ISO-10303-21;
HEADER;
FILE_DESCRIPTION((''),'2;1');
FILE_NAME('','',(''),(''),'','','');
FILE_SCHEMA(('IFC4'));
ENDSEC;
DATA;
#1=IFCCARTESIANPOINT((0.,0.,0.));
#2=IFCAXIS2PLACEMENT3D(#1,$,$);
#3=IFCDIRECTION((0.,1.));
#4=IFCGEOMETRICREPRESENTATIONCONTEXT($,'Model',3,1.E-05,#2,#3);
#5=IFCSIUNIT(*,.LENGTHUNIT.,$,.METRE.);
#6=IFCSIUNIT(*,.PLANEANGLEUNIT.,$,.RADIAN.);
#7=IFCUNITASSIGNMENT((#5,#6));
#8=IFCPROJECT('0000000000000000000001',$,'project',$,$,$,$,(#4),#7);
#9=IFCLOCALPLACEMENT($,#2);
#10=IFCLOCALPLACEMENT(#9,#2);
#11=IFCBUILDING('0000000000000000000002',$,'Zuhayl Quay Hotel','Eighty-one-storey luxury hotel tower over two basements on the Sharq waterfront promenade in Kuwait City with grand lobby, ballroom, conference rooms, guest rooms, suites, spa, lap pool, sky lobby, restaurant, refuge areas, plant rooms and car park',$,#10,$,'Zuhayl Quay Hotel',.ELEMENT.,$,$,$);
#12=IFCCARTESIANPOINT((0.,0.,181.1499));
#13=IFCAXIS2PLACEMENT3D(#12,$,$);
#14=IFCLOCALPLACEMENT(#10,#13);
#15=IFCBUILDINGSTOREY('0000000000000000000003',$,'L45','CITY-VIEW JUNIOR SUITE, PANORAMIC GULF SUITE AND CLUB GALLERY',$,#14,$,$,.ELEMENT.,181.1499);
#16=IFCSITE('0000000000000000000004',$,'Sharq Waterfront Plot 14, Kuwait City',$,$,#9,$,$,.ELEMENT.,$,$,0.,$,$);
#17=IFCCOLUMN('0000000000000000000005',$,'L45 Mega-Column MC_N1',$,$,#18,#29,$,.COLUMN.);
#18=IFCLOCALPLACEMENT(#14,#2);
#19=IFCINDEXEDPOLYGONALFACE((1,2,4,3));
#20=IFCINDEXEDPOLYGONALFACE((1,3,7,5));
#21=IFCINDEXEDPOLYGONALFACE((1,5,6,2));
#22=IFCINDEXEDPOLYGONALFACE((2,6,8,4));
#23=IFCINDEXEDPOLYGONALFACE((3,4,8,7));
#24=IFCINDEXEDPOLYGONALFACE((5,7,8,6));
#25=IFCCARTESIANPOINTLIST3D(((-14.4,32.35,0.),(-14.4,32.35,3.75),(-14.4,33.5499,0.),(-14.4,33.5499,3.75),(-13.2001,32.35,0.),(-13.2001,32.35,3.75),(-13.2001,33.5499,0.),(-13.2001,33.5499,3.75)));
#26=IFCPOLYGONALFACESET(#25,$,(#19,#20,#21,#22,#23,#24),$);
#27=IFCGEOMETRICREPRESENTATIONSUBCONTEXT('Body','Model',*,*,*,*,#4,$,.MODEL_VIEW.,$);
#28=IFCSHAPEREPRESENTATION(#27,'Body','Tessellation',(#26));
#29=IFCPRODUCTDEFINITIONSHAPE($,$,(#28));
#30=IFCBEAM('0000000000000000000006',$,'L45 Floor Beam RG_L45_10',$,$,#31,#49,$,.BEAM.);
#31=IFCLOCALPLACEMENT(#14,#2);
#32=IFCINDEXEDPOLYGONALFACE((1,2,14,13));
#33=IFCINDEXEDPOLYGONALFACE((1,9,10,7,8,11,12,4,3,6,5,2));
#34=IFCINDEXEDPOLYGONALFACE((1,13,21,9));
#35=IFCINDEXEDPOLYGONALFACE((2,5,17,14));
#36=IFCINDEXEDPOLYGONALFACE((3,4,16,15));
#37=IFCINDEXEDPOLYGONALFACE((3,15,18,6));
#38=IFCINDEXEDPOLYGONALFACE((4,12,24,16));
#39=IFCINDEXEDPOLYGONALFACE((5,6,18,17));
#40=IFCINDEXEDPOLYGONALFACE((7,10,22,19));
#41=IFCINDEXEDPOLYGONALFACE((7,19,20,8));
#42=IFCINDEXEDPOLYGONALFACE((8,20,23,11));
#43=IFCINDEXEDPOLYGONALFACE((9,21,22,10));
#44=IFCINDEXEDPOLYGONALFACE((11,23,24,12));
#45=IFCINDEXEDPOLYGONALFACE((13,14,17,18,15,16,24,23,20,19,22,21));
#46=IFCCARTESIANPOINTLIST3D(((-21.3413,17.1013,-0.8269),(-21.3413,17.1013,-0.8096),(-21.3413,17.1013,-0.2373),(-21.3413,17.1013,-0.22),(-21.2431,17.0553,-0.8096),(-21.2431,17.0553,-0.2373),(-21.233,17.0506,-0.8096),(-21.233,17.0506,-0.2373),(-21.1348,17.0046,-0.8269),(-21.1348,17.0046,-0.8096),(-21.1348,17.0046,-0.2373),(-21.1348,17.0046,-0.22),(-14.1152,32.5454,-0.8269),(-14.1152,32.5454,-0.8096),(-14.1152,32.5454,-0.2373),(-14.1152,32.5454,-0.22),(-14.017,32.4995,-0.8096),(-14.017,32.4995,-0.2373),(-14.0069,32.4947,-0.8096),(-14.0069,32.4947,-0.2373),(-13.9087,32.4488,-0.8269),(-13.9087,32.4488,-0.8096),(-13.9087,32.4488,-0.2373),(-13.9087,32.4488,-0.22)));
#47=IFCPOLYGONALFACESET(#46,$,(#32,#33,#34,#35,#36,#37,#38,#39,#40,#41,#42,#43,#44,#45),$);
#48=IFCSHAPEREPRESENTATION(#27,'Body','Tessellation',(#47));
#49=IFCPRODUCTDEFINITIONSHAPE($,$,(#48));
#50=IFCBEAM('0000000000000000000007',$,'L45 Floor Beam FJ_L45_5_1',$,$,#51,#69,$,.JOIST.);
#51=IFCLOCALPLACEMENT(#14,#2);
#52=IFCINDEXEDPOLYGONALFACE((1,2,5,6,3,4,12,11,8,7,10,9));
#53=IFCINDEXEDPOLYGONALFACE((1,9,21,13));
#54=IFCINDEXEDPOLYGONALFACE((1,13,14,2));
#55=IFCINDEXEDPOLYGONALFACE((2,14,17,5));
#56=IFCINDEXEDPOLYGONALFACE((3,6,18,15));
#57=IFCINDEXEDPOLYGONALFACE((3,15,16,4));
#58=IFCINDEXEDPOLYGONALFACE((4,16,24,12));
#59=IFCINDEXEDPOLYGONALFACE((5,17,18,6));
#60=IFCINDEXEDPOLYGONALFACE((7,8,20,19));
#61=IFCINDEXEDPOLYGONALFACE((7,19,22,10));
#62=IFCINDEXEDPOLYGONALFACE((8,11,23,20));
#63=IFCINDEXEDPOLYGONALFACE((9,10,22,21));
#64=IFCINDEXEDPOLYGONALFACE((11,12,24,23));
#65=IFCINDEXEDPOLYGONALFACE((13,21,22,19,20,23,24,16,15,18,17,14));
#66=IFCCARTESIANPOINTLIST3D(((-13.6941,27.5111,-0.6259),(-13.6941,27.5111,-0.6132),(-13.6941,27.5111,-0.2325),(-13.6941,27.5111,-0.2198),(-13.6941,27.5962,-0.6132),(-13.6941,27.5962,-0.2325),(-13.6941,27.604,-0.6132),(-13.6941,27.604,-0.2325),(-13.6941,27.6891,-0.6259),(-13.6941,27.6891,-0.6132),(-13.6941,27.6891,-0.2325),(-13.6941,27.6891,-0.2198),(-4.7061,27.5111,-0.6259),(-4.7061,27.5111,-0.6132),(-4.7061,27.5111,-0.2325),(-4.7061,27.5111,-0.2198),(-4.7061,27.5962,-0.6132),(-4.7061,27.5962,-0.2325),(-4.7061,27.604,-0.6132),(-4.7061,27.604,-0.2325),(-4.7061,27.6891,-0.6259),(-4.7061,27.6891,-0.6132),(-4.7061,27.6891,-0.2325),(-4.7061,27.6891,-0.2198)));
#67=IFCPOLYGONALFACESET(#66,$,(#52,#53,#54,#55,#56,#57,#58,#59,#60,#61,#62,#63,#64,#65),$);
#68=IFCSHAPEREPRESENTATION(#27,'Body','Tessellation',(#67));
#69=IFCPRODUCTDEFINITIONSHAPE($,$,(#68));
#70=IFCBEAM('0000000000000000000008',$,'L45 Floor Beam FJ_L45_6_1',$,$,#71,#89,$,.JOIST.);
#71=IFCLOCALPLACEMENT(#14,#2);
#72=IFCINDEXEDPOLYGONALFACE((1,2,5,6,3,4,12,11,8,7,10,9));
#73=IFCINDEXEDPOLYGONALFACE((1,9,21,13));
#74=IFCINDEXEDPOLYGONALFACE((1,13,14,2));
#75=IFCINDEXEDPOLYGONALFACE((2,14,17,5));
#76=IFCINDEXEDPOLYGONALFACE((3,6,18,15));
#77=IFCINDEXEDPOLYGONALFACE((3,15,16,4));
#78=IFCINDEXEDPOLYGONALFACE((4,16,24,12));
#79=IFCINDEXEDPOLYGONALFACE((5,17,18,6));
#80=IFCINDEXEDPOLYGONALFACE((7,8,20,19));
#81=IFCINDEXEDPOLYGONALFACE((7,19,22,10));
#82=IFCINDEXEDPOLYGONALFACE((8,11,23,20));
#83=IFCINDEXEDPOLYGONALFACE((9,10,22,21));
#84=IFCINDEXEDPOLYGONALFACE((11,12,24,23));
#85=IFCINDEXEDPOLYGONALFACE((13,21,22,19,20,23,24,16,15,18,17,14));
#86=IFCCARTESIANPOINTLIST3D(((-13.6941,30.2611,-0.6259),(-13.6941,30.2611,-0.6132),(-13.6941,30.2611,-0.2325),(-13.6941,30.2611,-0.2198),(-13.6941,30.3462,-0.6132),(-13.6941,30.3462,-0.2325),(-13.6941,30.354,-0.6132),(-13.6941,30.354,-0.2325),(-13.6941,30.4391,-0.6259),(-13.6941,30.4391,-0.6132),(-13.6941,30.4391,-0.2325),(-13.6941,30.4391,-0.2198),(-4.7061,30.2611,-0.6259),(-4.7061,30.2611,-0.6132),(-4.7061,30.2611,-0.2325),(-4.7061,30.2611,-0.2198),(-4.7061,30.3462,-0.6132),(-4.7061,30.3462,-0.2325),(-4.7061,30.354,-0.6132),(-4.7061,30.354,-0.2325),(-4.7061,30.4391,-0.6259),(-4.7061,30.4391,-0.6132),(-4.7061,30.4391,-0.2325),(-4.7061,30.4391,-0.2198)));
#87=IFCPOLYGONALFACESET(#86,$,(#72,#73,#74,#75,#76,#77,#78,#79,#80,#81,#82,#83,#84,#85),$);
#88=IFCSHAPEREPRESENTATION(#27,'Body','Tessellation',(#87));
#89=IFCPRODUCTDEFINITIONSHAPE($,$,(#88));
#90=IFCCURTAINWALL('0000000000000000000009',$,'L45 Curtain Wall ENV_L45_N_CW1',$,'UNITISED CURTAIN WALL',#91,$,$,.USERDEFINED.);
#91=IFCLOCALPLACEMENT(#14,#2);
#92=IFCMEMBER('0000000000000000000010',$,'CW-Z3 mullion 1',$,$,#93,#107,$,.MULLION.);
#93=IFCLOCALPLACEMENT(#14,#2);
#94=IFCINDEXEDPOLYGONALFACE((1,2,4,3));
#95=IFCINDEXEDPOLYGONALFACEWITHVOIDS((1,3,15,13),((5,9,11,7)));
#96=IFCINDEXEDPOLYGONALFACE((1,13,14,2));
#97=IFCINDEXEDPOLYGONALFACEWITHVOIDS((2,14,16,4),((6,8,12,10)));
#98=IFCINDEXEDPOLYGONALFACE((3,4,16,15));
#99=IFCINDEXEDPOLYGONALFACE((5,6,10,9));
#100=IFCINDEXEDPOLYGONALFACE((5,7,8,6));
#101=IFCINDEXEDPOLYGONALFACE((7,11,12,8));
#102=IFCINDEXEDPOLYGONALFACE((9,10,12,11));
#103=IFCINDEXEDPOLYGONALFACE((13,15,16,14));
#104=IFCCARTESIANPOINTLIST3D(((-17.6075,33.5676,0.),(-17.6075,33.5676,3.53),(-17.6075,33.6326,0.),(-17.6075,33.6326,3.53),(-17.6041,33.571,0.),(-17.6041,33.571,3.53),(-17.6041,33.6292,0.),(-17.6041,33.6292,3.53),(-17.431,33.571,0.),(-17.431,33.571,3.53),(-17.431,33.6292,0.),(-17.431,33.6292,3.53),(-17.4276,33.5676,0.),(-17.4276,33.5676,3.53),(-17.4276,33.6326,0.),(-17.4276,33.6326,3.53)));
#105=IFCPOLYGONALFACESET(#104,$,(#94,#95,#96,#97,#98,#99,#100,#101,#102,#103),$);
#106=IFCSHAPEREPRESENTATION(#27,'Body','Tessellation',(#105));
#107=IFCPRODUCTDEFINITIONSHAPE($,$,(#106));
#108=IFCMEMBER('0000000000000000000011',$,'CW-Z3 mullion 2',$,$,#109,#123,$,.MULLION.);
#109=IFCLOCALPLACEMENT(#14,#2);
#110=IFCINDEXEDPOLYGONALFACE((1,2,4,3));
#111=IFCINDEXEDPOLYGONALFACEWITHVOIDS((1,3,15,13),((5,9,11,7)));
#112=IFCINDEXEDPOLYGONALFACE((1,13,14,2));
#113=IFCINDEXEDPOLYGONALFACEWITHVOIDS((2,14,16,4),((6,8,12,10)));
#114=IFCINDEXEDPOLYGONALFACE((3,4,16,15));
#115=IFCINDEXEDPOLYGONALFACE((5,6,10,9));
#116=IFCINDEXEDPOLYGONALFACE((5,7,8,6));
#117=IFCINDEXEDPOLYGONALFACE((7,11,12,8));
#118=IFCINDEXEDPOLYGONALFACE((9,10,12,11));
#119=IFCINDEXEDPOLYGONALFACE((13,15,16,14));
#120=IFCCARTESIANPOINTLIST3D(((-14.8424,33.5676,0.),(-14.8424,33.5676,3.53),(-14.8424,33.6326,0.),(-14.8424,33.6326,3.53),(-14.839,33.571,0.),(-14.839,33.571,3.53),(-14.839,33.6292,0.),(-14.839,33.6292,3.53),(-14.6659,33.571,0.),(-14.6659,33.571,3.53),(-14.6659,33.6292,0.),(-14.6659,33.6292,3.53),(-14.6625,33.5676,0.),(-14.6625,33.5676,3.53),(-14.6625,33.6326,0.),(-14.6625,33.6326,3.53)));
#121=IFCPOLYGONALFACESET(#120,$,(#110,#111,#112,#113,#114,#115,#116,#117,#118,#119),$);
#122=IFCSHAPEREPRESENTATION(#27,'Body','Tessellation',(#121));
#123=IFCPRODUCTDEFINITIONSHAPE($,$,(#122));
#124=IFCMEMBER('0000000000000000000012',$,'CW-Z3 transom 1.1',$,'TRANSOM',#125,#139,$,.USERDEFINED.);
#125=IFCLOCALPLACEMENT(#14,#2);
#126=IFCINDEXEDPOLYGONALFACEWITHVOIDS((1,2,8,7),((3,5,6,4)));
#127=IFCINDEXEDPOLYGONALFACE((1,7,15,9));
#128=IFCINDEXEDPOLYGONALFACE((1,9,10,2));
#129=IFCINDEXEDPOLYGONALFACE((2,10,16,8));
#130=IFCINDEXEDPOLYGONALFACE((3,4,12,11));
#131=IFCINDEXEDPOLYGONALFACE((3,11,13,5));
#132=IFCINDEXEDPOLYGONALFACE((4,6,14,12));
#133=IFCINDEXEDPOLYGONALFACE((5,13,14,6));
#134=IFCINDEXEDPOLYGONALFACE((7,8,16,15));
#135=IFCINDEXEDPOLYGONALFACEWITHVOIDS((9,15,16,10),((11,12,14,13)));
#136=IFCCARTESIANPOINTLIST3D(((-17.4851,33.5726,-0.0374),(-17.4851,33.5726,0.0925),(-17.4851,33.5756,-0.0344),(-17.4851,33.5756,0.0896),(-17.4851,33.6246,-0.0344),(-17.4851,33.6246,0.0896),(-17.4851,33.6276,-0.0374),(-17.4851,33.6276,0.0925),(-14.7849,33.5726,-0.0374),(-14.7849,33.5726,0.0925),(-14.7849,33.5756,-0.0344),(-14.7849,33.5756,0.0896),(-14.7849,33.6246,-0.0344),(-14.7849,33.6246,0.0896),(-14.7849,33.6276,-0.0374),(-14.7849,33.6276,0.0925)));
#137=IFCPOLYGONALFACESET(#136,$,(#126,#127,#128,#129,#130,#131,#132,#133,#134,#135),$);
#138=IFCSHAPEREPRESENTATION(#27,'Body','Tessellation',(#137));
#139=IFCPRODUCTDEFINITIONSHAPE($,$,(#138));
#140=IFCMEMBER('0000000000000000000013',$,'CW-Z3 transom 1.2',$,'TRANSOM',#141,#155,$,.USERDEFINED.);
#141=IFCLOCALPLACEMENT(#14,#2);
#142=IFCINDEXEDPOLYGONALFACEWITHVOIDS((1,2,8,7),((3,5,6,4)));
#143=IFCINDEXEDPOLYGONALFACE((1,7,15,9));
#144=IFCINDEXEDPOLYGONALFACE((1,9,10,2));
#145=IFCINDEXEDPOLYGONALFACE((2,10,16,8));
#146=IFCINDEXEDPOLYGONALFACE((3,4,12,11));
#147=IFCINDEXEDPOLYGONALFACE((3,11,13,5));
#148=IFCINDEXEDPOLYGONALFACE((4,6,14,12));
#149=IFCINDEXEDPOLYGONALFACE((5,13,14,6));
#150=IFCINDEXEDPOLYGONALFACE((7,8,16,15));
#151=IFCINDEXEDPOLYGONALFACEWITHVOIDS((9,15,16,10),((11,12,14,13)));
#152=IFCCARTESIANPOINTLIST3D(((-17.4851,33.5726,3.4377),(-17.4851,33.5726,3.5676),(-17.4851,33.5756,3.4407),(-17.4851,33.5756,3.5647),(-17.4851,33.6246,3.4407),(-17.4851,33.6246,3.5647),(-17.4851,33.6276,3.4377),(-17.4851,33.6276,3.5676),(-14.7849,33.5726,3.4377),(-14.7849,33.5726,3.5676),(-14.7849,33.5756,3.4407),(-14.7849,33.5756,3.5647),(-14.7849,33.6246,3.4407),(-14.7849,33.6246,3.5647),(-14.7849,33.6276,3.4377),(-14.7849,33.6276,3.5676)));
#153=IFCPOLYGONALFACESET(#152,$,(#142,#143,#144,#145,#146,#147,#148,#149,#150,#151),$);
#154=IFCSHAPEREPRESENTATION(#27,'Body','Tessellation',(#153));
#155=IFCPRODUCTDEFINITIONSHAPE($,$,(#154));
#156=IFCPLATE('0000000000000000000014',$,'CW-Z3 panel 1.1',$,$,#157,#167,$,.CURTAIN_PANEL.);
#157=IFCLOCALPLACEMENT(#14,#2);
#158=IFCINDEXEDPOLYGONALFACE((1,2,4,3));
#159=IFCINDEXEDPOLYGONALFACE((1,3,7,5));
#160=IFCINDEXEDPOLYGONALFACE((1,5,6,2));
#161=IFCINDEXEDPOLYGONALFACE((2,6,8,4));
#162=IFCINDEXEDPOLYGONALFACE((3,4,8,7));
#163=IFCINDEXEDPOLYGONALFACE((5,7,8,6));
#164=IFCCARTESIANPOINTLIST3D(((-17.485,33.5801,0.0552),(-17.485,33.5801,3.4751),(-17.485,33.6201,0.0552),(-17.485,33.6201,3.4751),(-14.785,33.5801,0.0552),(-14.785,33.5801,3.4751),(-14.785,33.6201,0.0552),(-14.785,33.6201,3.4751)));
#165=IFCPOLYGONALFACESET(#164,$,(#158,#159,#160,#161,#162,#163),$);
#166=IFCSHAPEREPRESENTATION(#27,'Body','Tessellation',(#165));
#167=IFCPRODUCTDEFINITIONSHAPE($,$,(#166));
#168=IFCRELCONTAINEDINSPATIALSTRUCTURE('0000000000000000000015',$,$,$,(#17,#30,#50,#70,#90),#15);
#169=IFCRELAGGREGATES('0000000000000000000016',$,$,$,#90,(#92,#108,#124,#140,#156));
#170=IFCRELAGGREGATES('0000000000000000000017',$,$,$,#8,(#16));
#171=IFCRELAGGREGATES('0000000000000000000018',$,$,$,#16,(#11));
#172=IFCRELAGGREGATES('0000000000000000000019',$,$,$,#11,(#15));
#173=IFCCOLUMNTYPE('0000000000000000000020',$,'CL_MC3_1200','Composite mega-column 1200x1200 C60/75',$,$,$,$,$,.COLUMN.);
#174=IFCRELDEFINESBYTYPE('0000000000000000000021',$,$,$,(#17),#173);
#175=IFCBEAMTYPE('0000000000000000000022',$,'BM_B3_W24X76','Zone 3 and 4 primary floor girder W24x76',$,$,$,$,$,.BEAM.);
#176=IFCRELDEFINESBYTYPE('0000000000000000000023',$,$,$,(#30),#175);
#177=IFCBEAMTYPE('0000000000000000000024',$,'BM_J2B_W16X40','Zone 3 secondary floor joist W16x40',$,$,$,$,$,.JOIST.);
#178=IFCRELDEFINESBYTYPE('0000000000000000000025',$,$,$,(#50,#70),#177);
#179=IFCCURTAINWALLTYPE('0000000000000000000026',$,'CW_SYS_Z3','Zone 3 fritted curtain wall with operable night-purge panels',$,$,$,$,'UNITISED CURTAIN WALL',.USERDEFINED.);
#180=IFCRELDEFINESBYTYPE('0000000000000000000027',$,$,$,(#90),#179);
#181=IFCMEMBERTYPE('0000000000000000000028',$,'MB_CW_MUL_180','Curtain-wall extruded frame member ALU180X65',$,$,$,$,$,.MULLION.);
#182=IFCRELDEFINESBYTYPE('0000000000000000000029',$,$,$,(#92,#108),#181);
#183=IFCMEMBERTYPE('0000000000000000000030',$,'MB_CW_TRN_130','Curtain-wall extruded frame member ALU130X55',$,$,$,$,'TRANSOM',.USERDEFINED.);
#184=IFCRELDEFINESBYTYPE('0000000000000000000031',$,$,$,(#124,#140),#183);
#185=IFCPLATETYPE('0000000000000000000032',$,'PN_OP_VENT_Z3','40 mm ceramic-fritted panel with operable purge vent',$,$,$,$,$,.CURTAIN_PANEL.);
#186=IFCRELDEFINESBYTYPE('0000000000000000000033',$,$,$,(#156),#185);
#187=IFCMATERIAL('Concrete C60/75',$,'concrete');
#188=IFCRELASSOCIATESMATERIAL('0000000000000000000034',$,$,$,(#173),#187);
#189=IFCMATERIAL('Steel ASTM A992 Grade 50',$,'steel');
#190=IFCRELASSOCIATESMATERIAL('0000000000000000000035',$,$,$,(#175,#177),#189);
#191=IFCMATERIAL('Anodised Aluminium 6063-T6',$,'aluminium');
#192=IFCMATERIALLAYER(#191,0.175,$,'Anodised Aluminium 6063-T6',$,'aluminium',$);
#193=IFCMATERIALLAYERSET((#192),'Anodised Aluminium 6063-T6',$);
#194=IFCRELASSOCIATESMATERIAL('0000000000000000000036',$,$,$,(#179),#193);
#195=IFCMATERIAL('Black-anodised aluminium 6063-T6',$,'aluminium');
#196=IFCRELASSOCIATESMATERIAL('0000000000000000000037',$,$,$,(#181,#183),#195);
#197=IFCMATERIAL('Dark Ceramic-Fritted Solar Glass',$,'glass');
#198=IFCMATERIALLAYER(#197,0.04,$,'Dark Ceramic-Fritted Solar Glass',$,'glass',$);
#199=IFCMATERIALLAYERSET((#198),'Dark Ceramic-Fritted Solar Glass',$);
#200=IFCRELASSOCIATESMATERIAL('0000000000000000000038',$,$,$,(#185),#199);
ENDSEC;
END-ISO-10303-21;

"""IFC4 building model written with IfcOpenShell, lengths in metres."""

from ifc_helpers import new_model, si_unit, direction, frame, origin, origin_2d, place, context, subcontext, project, spatial, rectangle, hollow_rectangle, i_section, extrude, material, layer, layer_set, material_profile, profile_set, type_object, element, aggregate, save


model = new_model("IFC4")

# Units and contexts
model_context = context("Model", 3, precision=1e-05, world=origin(), true_north=direction((0.0, 1.0)))
body_context = subcontext(model_context, "Body", "Model", "MODEL_VIEW")
ifc_project = project(units=[si_unit("LENGTHUNIT", "METRE"), si_unit("PLANEANGLEUNIT", "RADIAN")], contexts=[model_context])

# Site, building, storey
site_placement = place(None, origin())
site = spatial("IfcSite", under=ifc_project, at=site_placement, Name="Sharq Waterfront Plot 14, Kuwait City", CompositionType="ELEMENT", RefElevation=0.0)
building_placement = place(site_placement, origin())
building = spatial("IfcBuilding", under=site, at=building_placement, Name="Zuhayl Quay Hotel", Description="Eighty-one-storey luxury hotel tower over two basements on the Sharq waterfront promenade in Kuwait City with grand lobby, ballroom, conference rooms, guest rooms, suites, spa, lap pool, sky lobby, restaurant, refuge areas, plant rooms and car park", LongName="Zuhayl Quay Hotel", CompositionType="ELEMENT")
storey_placement = place(building_placement, frame((0.0, 0.0, 181.1499)))
storey = spatial("IfcBuildingStorey", under=building, at=storey_placement, Name="L45", Description="CITY-VIEW JUNIOR SUITE, PANORAMIC GULF SUITE AND CLUB GALLERY", CompositionType="ELEMENT", Elevation=181.1499)

# Column
ifc_material_1 = material(Name="Concrete C60/75", Category="concrete")
ifc_material_profile_1 = material_profile(ifc_material_1, rectangle(XDim=1.2, YDim=1.2, at=origin_2d()), Name="RC1200X1200")
ifc_profile_set_1 = profile_set([ifc_material_profile_1], Name="Concrete C60/75")
column_type = type_object("IfcColumnType", Name="CL_MC3_1200", Description="Composite mega-column 1200x1200 C60/75", PredefinedType="COLUMN", material=ifc_profile_set_1)
column_placement = place(storey_placement, frame((-13.8, 32.95, 0.0), z_axis=(0.0, 0.0, 1.0), x_axis=(1.0, 0.0, 0.0)))
element("IfcColumn", 1, at=column_placement, inside=storey, type_object=column_type, Name="L45 Mega-Column MC_N1", PredefinedType="COLUMN", context=body_context, shape_type="SweptSolid", body=[
    extrude(rectangle(XDim=1.2, YDim=1.2, at=origin_2d()), origin(), (0.0, 0.0, 1.0), 3.75),
])

# Beams
ifc_material_2 = material(Name="Steel ASTM A992 Grade 50", Category="steel")
ifc_material_profile_2 = material_profile(ifc_material_2, i_section(OverallWidth=0.228, OverallDepth=0.6069, WebThickness=0.0112, FlangeThickness=0.0173, at=origin_2d()), Name="W24X76")
ifc_profile_set_2 = profile_set([ifc_material_profile_2], Name="Steel ASTM A992 Grade 50")
beam_type_1 = type_object("IfcBeamType", Name="BM_B3_W24X76", Description="Zone 3 and 4 primary floor girder W24x76", PredefinedType="BEAM", material=ifc_profile_set_2)
beam_placement = place(storey_placement, frame((-14.012, 32.4971, -0.5234), z_axis=(-0.423792, -0.905759, 0.0), x_axis=(0.905759, -0.423792, 0.0)))
element("IfcBeam", 2, at=beam_placement, inside=storey, type_object=beam_type_1, Name="L45 Floor Beam RG_L45_10", PredefinedType="BEAM", context=body_context, shape_type="SweptSolid", body=[
    extrude(i_section(OverallWidth=0.228, OverallDepth=0.6069, WebThickness=0.0112, FlangeThickness=0.0173, at=origin_2d()), origin(), (0.0, 0.0, 1.0), 17.051),
])
ifc_material_profile_3 = material_profile(ifc_material_2, i_section(OverallWidth=0.178, OverallDepth=0.406, WebThickness=0.0078, FlangeThickness=0.0127, at=origin_2d()), Name="W16X40")
ifc_profile_set_3 = profile_set([ifc_material_profile_3], Name="Steel ASTM A992 Grade 50")
beam_type_2 = type_object("IfcBeamType", Name="BM_J2B_W16X40", Description="Zone 3 secondary floor joist W16x40", PredefinedType="JOIST", material=ifc_profile_set_3)
for number, where, z_axis, x_axis, name in (
    (3, (-13.6941, 27.6001, -0.4229), (1.0, 0.0, 0.0), (0.0, 1.0, 0.0), "L45 Floor Beam FJ_L45_5_1"),
    (4, (-13.6941, 30.3501, -0.4229), (1.0, 0.0, 0.0), (0.0, 1.0, 0.0), "L45 Floor Beam FJ_L45_6_1"),
):
    element("IfcBeam", number, at=place(storey_placement, frame(where, z_axis=z_axis, x_axis=x_axis)), inside=storey, type_object=beam_type_2, Name=name, PredefinedType="JOIST", context=body_context, shape_type="SweptSolid", body=[
        extrude(i_section(OverallWidth=0.178, OverallDepth=0.406, WebThickness=0.0078, FlangeThickness=0.0127, at=origin_2d()), origin(), (0.0, 0.0, 1.0), 8.988),
    ])

# Curtain wall, members, plate
ifc_material_3 = material(Name="Anodised Aluminium 6063-T6", Category="aluminium")
ifc_layer_1 = layer(ifc_material_3, 0.175, Name="Anodised Aluminium 6063-T6", Category="aluminium")
ifc_layer_set_1 = layer_set([ifc_layer_1], Name="Anodised Aluminium 6063-T6")
curtain_wall_type = type_object("IfcCurtainWallType", Name="CW_SYS_Z3", Description="Zone 3 fritted curtain wall with operable night-purge panels", ElementType="UNITISED CURTAIN WALL", PredefinedType="USERDEFINED", material=ifc_layer_set_1)
curtain_wall_placement = place(storey_placement, origin())
curtain_wall = element("IfcCurtainWall", 5, at=curtain_wall_placement, inside=storey, type_object=curtain_wall_type, Name="L45 Curtain Wall ENV_L45_N_CW1", ObjectType="UNITISED CURTAIN WALL", PredefinedType="USERDEFINED")
ifc_material_4 = material(Name="Black-anodised aluminium 6063-T6", Category="aluminium")
ifc_material_profile_4 = material_profile(ifc_material_4, hollow_rectangle(XDim=0.0649, YDim=0.1799, WallThickness=0.0034, at=origin_2d()), Name="ALU180X65")
ifc_profile_set_4 = profile_set([ifc_material_profile_4], Name="Black-anodised aluminium 6063-T6")
member_type_1 = type_object("IfcMemberType", Name="MB_CW_MUL_180", Description="Curtain-wall extruded frame member ALU180X65", PredefinedType="MULLION", material=ifc_profile_set_4)
member_1_placement = place(storey_placement, frame((-17.5176, 33.6001, 0.0), z_axis=(0.0, 0.0, 1.0), x_axis=(0.0, 1.0, 0.0)))
member_1 = element("IfcMember", 6, at=member_1_placement, type_object=member_type_1, Name="CW-Z3 mullion 1", PredefinedType="MULLION", context=body_context, shape_type="SweptSolid", body=[
    extrude(hollow_rectangle(XDim=0.0649, YDim=0.1799, WallThickness=0.0034, at=origin_2d()), origin(), (0.0, 0.0, 1.0), 3.53),
])
member_2_placement = place(storey_placement, frame((-14.7524, 33.6001, 0.0), z_axis=(0.0, 0.0, 1.0), x_axis=(0.0, 1.0, 0.0)))
member_2 = element("IfcMember", 7, at=member_2_placement, type_object=member_type_1, Name="CW-Z3 mullion 2", PredefinedType="MULLION", context=body_context, shape_type="SweptSolid", body=[
    extrude(hollow_rectangle(XDim=0.0649, YDim=0.1799, WallThickness=0.0034, at=origin_2d()), origin(), (0.0, 0.0, 1.0), 3.53),
])
ifc_material_profile_5 = material_profile(ifc_material_4, hollow_rectangle(XDim=0.0549, YDim=0.1299, WallThickness=0.0029, at=origin_2d()), Name="ALU130X55")
ifc_profile_set_5 = profile_set([ifc_material_profile_5], Name="Black-anodised aluminium 6063-T6")
member_type_2 = type_object("IfcMemberType", Name="MB_CW_TRN_130", Description="Curtain-wall extruded frame member ALU130X55", ElementType="TRANSOM", PredefinedType="USERDEFINED", material=ifc_profile_set_5)
member_3_placement = place(storey_placement, frame((-17.4851, 33.6001, 0.0276), z_axis=(1.0, 0.0, 0.0), x_axis=(0.0, 1.0, 0.0)))
member_3 = element("IfcMember", 8, at=member_3_placement, type_object=member_type_2, Name="CW-Z3 transom 1.1", ObjectType="TRANSOM", PredefinedType="USERDEFINED", context=body_context, shape_type="SweptSolid", body=[
    extrude(hollow_rectangle(XDim=0.0549, YDim=0.1299, WallThickness=0.0029, at=origin_2d()), origin(), (0.0, 0.0, 1.0), 2.7002),
])
member_4_placement = place(storey_placement, frame((-17.4851, 33.6001, 3.5027), z_axis=(1.0, 0.0, 0.0), x_axis=(0.0, 1.0, 0.0)))
member_4 = element("IfcMember", 9, at=member_4_placement, type_object=member_type_2, Name="CW-Z3 transom 1.2", ObjectType="TRANSOM", PredefinedType="USERDEFINED", context=body_context, shape_type="SweptSolid", body=[
    extrude(hollow_rectangle(XDim=0.0549, YDim=0.1299, WallThickness=0.0029, at=origin_2d()), origin(), (0.0, 0.0, 1.0), 2.7002),
])
ifc_material_5 = material(Name="Dark Ceramic-Fritted Solar Glass", Category="glass")
ifc_layer_2 = layer(ifc_material_5, 0.04, Name="Dark Ceramic-Fritted Solar Glass", Category="glass")
ifc_layer_set_2 = layer_set([ifc_layer_2], Name="Dark Ceramic-Fritted Solar Glass")
plate_type = type_object("IfcPlateType", Name="PN_OP_VENT_Z3", Description="40 mm ceramic-fritted panel with operable purge vent", PredefinedType="CURTAIN_PANEL", material=ifc_layer_set_2)
plate_placement = place(storey_placement, frame((-16.135, 33.6001, 0.0552), z_axis=(0.0, 0.0, 1.0), x_axis=(1.0, 0.0, 0.0)))
plate = element("IfcPlate", 10, at=plate_placement, type_object=plate_type, Name="CW-Z3 panel 1.1", PredefinedType="CURTAIN_PANEL", context=body_context, shape_type="SweptSolid", body=[
    extrude(rectangle(XDim=2.7, YDim=0.04, at=origin_2d()), origin(), (0.0, 0.0, 1.0), 3.4199),
])
aggregate(curtain_wall, [member_1, member_2, member_3, member_4, plate])

save(model, "model.ifc")
